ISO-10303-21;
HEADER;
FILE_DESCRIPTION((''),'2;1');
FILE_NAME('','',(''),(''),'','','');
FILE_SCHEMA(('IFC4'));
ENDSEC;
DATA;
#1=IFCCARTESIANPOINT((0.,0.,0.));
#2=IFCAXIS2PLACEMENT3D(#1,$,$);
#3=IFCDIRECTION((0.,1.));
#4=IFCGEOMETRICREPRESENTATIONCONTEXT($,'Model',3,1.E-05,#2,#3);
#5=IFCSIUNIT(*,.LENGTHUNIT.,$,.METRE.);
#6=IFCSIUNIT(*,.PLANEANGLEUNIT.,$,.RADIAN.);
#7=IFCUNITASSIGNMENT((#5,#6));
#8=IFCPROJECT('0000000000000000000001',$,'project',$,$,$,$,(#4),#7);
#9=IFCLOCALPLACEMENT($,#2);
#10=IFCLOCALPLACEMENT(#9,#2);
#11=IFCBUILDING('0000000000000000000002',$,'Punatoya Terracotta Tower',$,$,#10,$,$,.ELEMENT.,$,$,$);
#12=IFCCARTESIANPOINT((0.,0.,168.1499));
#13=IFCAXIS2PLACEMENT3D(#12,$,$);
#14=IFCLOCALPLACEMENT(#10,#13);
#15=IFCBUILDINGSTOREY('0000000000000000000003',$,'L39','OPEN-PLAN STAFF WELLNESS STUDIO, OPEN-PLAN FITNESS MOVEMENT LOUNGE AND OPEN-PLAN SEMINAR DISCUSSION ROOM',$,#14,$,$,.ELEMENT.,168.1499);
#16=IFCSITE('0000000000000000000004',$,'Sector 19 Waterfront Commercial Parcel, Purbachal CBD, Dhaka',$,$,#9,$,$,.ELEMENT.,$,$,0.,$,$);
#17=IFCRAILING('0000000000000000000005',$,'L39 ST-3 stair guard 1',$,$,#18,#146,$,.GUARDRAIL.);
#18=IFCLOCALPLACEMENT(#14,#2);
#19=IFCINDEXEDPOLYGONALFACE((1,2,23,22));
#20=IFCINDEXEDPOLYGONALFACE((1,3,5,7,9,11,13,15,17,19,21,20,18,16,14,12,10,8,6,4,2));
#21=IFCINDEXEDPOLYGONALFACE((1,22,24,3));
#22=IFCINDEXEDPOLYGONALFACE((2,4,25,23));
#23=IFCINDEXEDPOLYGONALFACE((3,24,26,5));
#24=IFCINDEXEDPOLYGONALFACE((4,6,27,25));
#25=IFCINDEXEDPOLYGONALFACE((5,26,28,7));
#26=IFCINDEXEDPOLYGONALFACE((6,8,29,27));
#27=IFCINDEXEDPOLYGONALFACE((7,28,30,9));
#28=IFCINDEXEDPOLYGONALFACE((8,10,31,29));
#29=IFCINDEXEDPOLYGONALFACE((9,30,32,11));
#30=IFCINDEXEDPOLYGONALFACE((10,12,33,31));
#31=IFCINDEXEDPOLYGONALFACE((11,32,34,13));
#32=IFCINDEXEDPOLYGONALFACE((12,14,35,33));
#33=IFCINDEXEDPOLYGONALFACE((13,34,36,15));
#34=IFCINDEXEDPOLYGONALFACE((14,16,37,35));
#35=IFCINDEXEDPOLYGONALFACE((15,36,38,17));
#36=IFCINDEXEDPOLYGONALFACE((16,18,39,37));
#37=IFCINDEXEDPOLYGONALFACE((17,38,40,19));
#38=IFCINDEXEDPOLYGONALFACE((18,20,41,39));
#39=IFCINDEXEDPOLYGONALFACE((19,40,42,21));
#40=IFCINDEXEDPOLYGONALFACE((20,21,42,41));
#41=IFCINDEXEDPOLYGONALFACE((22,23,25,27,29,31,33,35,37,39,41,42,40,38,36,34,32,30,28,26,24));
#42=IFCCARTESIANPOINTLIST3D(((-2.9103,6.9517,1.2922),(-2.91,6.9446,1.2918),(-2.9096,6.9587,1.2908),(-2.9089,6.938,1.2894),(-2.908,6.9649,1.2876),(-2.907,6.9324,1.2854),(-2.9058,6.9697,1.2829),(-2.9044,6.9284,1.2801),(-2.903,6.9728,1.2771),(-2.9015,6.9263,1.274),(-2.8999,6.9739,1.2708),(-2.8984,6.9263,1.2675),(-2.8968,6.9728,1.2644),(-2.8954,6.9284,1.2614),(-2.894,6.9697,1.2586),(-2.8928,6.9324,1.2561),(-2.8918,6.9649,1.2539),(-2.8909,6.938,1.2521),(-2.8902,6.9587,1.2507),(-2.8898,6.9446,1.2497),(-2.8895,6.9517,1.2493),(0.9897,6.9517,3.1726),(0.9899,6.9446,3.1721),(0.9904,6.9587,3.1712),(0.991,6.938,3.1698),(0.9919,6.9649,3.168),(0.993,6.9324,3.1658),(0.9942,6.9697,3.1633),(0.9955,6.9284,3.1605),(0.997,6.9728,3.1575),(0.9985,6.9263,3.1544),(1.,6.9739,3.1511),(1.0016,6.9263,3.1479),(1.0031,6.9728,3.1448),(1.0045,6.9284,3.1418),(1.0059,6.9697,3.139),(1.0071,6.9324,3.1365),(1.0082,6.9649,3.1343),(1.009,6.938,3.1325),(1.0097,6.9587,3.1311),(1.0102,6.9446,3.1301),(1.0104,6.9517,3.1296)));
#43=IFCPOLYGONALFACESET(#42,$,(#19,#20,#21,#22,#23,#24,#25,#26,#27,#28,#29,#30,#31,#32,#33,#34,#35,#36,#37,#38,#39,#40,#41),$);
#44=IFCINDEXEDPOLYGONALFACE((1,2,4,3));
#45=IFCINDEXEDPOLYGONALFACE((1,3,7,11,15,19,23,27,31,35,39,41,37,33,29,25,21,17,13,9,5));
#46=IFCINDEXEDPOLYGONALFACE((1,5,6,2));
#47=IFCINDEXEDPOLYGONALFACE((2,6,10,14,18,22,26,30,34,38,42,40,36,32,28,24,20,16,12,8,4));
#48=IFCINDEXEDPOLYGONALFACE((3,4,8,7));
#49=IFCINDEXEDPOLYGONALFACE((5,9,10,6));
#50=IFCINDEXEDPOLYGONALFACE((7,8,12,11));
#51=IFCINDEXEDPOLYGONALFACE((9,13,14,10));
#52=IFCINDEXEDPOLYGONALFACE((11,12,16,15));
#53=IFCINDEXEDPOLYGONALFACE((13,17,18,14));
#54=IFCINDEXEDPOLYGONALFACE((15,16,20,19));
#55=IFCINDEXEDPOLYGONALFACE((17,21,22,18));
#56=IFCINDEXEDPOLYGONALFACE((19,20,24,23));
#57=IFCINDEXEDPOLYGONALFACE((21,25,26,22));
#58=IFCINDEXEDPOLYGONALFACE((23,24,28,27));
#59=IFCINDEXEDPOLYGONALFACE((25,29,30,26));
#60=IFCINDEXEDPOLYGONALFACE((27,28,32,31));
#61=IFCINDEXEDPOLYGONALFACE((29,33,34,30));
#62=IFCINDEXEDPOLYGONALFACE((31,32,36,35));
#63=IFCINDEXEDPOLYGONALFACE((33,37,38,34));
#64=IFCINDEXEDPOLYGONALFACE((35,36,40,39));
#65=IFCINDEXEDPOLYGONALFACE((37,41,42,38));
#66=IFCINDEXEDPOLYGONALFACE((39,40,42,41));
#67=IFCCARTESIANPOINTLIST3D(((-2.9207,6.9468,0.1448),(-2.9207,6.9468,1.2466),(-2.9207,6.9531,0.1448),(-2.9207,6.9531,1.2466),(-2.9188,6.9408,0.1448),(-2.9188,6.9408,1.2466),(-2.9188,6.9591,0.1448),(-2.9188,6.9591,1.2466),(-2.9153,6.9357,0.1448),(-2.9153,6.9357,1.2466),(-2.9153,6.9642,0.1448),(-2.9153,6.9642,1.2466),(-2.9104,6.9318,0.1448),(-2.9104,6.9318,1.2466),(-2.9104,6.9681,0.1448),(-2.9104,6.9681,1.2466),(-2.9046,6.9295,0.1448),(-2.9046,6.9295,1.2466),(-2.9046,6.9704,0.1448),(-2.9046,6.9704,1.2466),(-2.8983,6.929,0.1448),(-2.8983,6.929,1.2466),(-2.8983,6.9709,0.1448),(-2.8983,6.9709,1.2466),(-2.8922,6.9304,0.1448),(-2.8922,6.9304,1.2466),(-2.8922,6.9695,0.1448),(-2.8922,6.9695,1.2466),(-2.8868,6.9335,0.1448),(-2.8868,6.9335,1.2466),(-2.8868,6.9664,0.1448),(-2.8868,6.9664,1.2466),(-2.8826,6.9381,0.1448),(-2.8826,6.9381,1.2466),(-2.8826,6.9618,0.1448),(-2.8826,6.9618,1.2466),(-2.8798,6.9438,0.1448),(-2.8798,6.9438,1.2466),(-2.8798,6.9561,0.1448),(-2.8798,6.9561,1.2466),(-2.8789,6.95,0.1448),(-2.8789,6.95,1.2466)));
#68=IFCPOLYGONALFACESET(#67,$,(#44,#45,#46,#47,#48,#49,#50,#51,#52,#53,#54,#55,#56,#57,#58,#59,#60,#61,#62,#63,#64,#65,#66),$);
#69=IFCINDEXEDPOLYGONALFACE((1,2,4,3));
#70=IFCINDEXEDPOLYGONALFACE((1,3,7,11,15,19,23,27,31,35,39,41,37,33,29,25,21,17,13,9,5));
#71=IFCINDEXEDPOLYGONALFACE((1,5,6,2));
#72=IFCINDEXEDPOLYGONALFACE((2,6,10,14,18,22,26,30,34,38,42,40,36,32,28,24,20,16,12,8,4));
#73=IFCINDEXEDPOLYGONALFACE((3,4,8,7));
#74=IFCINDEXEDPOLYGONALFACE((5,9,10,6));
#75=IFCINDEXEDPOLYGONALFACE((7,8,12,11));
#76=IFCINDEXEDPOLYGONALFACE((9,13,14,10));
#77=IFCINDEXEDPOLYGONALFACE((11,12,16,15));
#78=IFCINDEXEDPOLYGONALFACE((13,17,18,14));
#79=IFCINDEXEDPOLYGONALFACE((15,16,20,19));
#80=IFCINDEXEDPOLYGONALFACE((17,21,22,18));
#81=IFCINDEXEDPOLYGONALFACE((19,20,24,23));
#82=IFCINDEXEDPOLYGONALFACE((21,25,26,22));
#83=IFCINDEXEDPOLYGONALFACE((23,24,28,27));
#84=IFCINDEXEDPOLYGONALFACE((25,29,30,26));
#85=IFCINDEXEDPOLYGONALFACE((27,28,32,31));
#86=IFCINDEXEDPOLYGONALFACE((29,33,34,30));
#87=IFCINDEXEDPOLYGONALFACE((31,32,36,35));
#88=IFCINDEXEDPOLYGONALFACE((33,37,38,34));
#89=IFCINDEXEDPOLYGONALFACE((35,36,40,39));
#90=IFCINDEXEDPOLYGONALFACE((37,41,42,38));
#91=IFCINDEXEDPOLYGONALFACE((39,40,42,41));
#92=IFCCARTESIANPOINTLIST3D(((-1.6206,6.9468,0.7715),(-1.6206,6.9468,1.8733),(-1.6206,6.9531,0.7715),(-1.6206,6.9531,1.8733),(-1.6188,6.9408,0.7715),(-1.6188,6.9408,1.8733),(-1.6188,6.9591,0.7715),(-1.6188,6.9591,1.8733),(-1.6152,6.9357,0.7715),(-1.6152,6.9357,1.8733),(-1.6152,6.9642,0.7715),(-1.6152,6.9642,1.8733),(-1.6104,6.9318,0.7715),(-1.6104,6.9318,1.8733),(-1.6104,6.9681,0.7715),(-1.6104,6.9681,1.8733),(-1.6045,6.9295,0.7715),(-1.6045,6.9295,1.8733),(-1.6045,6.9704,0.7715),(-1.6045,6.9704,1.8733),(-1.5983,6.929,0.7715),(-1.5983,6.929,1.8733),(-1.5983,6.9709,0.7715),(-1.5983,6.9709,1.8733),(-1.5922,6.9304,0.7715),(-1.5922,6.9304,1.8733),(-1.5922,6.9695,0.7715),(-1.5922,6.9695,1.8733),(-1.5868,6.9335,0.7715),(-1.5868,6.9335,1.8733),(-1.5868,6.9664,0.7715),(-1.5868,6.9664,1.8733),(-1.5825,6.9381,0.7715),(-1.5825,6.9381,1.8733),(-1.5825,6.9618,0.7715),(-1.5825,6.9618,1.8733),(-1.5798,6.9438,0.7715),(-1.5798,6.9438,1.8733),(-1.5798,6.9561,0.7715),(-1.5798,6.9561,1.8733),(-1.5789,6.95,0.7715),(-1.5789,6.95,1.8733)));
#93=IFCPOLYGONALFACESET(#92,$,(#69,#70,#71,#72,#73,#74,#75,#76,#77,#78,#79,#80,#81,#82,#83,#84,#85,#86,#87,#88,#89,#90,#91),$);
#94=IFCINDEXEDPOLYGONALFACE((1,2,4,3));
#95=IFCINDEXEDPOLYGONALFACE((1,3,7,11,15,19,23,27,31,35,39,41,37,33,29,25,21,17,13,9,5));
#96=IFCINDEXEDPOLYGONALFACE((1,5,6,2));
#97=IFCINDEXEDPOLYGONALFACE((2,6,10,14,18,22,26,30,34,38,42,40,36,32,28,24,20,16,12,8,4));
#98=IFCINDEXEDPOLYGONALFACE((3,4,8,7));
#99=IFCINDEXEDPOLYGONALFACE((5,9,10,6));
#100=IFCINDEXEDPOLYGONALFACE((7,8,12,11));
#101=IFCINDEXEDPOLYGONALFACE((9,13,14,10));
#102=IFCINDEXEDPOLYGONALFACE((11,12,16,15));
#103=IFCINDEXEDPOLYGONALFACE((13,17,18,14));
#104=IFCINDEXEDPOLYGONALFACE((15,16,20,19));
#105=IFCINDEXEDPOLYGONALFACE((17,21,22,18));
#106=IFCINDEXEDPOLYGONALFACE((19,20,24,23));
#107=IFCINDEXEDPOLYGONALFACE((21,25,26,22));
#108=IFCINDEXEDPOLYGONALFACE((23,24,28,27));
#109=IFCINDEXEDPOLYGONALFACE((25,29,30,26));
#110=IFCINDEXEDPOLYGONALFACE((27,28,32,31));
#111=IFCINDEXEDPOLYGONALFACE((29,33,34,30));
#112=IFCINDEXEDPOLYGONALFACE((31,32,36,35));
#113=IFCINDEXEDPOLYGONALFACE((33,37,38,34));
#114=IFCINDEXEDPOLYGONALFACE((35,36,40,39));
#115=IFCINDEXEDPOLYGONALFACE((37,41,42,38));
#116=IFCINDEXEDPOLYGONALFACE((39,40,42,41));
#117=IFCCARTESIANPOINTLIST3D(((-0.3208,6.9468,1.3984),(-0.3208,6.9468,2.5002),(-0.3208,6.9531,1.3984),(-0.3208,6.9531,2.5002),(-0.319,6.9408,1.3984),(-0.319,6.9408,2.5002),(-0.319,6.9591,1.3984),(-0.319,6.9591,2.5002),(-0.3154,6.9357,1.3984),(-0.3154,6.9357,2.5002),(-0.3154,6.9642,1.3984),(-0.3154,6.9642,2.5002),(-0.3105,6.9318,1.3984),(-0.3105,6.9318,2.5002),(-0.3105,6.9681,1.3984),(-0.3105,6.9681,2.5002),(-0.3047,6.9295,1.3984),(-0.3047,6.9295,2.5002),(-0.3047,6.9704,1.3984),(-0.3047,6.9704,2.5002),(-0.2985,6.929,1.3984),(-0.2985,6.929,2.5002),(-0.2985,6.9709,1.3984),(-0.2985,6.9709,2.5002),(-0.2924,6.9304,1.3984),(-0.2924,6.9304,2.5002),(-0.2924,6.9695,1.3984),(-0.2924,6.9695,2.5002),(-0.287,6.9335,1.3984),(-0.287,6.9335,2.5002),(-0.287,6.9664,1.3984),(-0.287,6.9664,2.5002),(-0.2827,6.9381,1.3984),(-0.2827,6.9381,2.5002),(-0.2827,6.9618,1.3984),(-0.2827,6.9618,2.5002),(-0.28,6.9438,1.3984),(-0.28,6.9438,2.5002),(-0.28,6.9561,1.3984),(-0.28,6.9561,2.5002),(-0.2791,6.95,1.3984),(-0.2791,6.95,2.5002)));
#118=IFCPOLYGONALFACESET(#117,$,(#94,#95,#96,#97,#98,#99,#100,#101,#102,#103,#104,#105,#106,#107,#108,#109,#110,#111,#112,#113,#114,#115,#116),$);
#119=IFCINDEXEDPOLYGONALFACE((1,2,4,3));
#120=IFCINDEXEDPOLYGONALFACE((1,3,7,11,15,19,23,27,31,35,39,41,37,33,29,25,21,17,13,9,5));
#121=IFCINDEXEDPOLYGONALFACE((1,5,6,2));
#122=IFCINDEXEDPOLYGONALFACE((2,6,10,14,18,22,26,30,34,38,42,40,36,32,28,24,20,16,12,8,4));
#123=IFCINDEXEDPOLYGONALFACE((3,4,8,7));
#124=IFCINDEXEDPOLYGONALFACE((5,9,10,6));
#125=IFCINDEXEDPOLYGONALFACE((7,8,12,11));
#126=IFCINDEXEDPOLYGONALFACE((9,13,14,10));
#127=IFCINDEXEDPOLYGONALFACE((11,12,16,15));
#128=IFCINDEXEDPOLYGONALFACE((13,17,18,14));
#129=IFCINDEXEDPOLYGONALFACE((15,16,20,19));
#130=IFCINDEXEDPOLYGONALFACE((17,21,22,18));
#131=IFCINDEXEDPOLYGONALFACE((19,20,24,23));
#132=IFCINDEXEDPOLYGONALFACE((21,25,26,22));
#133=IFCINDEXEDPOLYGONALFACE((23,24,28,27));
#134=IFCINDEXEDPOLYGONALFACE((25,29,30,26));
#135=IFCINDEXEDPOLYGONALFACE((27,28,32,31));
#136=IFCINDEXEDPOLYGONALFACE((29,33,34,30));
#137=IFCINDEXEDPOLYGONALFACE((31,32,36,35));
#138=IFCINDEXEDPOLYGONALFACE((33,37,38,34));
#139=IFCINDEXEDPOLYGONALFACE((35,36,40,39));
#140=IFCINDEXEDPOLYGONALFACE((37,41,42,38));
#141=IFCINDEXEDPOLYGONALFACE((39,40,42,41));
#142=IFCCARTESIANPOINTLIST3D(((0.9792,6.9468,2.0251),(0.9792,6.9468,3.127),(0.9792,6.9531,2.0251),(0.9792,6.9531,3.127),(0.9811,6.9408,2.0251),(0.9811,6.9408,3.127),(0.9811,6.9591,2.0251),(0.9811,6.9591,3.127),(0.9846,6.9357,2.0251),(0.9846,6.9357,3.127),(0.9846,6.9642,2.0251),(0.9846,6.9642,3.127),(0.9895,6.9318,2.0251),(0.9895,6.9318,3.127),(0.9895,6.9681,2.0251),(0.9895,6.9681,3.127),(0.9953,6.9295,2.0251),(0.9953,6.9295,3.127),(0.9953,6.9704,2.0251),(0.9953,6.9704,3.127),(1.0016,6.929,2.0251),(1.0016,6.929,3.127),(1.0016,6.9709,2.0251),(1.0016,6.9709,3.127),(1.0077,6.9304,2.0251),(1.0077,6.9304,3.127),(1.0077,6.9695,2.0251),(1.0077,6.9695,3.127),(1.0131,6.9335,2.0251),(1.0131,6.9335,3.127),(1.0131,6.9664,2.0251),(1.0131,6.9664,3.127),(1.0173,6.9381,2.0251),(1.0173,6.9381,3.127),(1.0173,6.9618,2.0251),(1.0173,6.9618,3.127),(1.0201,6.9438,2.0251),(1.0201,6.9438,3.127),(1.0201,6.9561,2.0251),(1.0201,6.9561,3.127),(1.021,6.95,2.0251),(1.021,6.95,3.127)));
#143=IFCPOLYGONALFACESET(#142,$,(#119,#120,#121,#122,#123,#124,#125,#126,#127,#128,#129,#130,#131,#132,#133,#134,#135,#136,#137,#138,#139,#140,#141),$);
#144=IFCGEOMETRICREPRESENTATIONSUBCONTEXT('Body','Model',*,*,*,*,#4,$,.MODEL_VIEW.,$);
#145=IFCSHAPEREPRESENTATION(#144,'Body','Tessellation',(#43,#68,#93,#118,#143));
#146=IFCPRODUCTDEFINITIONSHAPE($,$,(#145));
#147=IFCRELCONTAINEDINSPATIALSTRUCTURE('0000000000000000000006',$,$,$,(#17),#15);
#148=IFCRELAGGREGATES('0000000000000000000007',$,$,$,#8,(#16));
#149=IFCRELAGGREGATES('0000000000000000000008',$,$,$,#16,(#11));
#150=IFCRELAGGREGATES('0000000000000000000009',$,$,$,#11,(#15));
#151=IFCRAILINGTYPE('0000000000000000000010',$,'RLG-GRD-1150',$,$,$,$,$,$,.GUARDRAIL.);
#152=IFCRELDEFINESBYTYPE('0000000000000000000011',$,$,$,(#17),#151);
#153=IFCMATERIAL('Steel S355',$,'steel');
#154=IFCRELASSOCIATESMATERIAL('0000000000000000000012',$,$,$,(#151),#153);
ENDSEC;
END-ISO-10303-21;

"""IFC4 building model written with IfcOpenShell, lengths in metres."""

from ifc_helpers import new_model, si_unit, direction, frame, origin, origin_2d, place, context, subcontext, project, spatial, circle, extrude, material, type_object, element, save


model = new_model("IFC4")

# Units and contexts
model_context = context("Model", 3, precision=1e-05, world=origin(), true_north=direction((0.0, 1.0)))
body_context = subcontext(model_context, "Body", "Model", "MODEL_VIEW")
ifc_project = project(units=[si_unit("LENGTHUNIT", "METRE"), si_unit("PLANEANGLEUNIT", "RADIAN")], contexts=[model_context])

# Site, building, storey
site_placement = place(None, origin())
site = spatial("IfcSite", under=ifc_project, at=site_placement, Name="Sector 19 Waterfront Commercial Parcel, Purbachal CBD, Dhaka", CompositionType="ELEMENT", RefElevation=0.0)
building_placement = place(site_placement, origin())
building = spatial("IfcBuilding", under=site, at=building_placement, Name="Punatoya Terracotta Tower", CompositionType="ELEMENT")
storey_placement = place(building_placement, frame((0.0, 0.0, 168.1499)))
storey = spatial("IfcBuildingStorey", under=building, at=storey_placement, Name="L39", Description="OPEN-PLAN STAFF WELLNESS STUDIO, OPEN-PLAN FITNESS MOVEMENT LOUNGE AND OPEN-PLAN SEMINAR DISCUSSION ROOM", CompositionType="ELEMENT", Elevation=168.1499)

# Shared definitions
ifc_material_1 = material(Name="Steel S355", Category="steel")

# Railing
railing_type_1 = type_object("IfcRailingType", Name="RLG-GRD-1150", PredefinedType="GUARDRAIL", material=ifc_material_1)
railing_1_placement = place(storey_placement, frame((-2.8999, 6.95, 0.1448)))
element("IfcRailing", 1, at=railing_1_placement, inside=storey, type_object=railing_type_1, Name="L39 ST-3 stair guard 1", PredefinedType="GUARDRAIL", context=body_context, shape_type="SweptSolid", body=[
    extrude(circle(Radius=0.0239, at=origin_2d()), frame((0.0, 0.0, 1.126), z_axis=(0.900763, 0.0, 0.434311), x_axis=(0.0, 1.0, 0.0)), (0.0, 0.0, 1.0), 4.3296),
    extrude(circle(Radius=0.021, at=origin_2d()), origin(), (0.0, 0.0, 1.0), 1.1018),
    extrude(circle(Radius=0.021, at=origin_2d()), frame((1.3, 0.0, 0.6267)), (0.0, 0.0, 1.0), 1.1018),
    extrude(circle(Radius=0.021, at=origin_2d()), frame((2.5999, 0.0, 1.2537)), (0.0, 0.0, 1.0), 1.1018),
    extrude(circle(Radius=0.021, at=origin_2d()), frame((3.8999, 0.0, 1.8804)), (0.0, 0.0, 1.0), 1.1018),
])

save(model, "model.ifc")
